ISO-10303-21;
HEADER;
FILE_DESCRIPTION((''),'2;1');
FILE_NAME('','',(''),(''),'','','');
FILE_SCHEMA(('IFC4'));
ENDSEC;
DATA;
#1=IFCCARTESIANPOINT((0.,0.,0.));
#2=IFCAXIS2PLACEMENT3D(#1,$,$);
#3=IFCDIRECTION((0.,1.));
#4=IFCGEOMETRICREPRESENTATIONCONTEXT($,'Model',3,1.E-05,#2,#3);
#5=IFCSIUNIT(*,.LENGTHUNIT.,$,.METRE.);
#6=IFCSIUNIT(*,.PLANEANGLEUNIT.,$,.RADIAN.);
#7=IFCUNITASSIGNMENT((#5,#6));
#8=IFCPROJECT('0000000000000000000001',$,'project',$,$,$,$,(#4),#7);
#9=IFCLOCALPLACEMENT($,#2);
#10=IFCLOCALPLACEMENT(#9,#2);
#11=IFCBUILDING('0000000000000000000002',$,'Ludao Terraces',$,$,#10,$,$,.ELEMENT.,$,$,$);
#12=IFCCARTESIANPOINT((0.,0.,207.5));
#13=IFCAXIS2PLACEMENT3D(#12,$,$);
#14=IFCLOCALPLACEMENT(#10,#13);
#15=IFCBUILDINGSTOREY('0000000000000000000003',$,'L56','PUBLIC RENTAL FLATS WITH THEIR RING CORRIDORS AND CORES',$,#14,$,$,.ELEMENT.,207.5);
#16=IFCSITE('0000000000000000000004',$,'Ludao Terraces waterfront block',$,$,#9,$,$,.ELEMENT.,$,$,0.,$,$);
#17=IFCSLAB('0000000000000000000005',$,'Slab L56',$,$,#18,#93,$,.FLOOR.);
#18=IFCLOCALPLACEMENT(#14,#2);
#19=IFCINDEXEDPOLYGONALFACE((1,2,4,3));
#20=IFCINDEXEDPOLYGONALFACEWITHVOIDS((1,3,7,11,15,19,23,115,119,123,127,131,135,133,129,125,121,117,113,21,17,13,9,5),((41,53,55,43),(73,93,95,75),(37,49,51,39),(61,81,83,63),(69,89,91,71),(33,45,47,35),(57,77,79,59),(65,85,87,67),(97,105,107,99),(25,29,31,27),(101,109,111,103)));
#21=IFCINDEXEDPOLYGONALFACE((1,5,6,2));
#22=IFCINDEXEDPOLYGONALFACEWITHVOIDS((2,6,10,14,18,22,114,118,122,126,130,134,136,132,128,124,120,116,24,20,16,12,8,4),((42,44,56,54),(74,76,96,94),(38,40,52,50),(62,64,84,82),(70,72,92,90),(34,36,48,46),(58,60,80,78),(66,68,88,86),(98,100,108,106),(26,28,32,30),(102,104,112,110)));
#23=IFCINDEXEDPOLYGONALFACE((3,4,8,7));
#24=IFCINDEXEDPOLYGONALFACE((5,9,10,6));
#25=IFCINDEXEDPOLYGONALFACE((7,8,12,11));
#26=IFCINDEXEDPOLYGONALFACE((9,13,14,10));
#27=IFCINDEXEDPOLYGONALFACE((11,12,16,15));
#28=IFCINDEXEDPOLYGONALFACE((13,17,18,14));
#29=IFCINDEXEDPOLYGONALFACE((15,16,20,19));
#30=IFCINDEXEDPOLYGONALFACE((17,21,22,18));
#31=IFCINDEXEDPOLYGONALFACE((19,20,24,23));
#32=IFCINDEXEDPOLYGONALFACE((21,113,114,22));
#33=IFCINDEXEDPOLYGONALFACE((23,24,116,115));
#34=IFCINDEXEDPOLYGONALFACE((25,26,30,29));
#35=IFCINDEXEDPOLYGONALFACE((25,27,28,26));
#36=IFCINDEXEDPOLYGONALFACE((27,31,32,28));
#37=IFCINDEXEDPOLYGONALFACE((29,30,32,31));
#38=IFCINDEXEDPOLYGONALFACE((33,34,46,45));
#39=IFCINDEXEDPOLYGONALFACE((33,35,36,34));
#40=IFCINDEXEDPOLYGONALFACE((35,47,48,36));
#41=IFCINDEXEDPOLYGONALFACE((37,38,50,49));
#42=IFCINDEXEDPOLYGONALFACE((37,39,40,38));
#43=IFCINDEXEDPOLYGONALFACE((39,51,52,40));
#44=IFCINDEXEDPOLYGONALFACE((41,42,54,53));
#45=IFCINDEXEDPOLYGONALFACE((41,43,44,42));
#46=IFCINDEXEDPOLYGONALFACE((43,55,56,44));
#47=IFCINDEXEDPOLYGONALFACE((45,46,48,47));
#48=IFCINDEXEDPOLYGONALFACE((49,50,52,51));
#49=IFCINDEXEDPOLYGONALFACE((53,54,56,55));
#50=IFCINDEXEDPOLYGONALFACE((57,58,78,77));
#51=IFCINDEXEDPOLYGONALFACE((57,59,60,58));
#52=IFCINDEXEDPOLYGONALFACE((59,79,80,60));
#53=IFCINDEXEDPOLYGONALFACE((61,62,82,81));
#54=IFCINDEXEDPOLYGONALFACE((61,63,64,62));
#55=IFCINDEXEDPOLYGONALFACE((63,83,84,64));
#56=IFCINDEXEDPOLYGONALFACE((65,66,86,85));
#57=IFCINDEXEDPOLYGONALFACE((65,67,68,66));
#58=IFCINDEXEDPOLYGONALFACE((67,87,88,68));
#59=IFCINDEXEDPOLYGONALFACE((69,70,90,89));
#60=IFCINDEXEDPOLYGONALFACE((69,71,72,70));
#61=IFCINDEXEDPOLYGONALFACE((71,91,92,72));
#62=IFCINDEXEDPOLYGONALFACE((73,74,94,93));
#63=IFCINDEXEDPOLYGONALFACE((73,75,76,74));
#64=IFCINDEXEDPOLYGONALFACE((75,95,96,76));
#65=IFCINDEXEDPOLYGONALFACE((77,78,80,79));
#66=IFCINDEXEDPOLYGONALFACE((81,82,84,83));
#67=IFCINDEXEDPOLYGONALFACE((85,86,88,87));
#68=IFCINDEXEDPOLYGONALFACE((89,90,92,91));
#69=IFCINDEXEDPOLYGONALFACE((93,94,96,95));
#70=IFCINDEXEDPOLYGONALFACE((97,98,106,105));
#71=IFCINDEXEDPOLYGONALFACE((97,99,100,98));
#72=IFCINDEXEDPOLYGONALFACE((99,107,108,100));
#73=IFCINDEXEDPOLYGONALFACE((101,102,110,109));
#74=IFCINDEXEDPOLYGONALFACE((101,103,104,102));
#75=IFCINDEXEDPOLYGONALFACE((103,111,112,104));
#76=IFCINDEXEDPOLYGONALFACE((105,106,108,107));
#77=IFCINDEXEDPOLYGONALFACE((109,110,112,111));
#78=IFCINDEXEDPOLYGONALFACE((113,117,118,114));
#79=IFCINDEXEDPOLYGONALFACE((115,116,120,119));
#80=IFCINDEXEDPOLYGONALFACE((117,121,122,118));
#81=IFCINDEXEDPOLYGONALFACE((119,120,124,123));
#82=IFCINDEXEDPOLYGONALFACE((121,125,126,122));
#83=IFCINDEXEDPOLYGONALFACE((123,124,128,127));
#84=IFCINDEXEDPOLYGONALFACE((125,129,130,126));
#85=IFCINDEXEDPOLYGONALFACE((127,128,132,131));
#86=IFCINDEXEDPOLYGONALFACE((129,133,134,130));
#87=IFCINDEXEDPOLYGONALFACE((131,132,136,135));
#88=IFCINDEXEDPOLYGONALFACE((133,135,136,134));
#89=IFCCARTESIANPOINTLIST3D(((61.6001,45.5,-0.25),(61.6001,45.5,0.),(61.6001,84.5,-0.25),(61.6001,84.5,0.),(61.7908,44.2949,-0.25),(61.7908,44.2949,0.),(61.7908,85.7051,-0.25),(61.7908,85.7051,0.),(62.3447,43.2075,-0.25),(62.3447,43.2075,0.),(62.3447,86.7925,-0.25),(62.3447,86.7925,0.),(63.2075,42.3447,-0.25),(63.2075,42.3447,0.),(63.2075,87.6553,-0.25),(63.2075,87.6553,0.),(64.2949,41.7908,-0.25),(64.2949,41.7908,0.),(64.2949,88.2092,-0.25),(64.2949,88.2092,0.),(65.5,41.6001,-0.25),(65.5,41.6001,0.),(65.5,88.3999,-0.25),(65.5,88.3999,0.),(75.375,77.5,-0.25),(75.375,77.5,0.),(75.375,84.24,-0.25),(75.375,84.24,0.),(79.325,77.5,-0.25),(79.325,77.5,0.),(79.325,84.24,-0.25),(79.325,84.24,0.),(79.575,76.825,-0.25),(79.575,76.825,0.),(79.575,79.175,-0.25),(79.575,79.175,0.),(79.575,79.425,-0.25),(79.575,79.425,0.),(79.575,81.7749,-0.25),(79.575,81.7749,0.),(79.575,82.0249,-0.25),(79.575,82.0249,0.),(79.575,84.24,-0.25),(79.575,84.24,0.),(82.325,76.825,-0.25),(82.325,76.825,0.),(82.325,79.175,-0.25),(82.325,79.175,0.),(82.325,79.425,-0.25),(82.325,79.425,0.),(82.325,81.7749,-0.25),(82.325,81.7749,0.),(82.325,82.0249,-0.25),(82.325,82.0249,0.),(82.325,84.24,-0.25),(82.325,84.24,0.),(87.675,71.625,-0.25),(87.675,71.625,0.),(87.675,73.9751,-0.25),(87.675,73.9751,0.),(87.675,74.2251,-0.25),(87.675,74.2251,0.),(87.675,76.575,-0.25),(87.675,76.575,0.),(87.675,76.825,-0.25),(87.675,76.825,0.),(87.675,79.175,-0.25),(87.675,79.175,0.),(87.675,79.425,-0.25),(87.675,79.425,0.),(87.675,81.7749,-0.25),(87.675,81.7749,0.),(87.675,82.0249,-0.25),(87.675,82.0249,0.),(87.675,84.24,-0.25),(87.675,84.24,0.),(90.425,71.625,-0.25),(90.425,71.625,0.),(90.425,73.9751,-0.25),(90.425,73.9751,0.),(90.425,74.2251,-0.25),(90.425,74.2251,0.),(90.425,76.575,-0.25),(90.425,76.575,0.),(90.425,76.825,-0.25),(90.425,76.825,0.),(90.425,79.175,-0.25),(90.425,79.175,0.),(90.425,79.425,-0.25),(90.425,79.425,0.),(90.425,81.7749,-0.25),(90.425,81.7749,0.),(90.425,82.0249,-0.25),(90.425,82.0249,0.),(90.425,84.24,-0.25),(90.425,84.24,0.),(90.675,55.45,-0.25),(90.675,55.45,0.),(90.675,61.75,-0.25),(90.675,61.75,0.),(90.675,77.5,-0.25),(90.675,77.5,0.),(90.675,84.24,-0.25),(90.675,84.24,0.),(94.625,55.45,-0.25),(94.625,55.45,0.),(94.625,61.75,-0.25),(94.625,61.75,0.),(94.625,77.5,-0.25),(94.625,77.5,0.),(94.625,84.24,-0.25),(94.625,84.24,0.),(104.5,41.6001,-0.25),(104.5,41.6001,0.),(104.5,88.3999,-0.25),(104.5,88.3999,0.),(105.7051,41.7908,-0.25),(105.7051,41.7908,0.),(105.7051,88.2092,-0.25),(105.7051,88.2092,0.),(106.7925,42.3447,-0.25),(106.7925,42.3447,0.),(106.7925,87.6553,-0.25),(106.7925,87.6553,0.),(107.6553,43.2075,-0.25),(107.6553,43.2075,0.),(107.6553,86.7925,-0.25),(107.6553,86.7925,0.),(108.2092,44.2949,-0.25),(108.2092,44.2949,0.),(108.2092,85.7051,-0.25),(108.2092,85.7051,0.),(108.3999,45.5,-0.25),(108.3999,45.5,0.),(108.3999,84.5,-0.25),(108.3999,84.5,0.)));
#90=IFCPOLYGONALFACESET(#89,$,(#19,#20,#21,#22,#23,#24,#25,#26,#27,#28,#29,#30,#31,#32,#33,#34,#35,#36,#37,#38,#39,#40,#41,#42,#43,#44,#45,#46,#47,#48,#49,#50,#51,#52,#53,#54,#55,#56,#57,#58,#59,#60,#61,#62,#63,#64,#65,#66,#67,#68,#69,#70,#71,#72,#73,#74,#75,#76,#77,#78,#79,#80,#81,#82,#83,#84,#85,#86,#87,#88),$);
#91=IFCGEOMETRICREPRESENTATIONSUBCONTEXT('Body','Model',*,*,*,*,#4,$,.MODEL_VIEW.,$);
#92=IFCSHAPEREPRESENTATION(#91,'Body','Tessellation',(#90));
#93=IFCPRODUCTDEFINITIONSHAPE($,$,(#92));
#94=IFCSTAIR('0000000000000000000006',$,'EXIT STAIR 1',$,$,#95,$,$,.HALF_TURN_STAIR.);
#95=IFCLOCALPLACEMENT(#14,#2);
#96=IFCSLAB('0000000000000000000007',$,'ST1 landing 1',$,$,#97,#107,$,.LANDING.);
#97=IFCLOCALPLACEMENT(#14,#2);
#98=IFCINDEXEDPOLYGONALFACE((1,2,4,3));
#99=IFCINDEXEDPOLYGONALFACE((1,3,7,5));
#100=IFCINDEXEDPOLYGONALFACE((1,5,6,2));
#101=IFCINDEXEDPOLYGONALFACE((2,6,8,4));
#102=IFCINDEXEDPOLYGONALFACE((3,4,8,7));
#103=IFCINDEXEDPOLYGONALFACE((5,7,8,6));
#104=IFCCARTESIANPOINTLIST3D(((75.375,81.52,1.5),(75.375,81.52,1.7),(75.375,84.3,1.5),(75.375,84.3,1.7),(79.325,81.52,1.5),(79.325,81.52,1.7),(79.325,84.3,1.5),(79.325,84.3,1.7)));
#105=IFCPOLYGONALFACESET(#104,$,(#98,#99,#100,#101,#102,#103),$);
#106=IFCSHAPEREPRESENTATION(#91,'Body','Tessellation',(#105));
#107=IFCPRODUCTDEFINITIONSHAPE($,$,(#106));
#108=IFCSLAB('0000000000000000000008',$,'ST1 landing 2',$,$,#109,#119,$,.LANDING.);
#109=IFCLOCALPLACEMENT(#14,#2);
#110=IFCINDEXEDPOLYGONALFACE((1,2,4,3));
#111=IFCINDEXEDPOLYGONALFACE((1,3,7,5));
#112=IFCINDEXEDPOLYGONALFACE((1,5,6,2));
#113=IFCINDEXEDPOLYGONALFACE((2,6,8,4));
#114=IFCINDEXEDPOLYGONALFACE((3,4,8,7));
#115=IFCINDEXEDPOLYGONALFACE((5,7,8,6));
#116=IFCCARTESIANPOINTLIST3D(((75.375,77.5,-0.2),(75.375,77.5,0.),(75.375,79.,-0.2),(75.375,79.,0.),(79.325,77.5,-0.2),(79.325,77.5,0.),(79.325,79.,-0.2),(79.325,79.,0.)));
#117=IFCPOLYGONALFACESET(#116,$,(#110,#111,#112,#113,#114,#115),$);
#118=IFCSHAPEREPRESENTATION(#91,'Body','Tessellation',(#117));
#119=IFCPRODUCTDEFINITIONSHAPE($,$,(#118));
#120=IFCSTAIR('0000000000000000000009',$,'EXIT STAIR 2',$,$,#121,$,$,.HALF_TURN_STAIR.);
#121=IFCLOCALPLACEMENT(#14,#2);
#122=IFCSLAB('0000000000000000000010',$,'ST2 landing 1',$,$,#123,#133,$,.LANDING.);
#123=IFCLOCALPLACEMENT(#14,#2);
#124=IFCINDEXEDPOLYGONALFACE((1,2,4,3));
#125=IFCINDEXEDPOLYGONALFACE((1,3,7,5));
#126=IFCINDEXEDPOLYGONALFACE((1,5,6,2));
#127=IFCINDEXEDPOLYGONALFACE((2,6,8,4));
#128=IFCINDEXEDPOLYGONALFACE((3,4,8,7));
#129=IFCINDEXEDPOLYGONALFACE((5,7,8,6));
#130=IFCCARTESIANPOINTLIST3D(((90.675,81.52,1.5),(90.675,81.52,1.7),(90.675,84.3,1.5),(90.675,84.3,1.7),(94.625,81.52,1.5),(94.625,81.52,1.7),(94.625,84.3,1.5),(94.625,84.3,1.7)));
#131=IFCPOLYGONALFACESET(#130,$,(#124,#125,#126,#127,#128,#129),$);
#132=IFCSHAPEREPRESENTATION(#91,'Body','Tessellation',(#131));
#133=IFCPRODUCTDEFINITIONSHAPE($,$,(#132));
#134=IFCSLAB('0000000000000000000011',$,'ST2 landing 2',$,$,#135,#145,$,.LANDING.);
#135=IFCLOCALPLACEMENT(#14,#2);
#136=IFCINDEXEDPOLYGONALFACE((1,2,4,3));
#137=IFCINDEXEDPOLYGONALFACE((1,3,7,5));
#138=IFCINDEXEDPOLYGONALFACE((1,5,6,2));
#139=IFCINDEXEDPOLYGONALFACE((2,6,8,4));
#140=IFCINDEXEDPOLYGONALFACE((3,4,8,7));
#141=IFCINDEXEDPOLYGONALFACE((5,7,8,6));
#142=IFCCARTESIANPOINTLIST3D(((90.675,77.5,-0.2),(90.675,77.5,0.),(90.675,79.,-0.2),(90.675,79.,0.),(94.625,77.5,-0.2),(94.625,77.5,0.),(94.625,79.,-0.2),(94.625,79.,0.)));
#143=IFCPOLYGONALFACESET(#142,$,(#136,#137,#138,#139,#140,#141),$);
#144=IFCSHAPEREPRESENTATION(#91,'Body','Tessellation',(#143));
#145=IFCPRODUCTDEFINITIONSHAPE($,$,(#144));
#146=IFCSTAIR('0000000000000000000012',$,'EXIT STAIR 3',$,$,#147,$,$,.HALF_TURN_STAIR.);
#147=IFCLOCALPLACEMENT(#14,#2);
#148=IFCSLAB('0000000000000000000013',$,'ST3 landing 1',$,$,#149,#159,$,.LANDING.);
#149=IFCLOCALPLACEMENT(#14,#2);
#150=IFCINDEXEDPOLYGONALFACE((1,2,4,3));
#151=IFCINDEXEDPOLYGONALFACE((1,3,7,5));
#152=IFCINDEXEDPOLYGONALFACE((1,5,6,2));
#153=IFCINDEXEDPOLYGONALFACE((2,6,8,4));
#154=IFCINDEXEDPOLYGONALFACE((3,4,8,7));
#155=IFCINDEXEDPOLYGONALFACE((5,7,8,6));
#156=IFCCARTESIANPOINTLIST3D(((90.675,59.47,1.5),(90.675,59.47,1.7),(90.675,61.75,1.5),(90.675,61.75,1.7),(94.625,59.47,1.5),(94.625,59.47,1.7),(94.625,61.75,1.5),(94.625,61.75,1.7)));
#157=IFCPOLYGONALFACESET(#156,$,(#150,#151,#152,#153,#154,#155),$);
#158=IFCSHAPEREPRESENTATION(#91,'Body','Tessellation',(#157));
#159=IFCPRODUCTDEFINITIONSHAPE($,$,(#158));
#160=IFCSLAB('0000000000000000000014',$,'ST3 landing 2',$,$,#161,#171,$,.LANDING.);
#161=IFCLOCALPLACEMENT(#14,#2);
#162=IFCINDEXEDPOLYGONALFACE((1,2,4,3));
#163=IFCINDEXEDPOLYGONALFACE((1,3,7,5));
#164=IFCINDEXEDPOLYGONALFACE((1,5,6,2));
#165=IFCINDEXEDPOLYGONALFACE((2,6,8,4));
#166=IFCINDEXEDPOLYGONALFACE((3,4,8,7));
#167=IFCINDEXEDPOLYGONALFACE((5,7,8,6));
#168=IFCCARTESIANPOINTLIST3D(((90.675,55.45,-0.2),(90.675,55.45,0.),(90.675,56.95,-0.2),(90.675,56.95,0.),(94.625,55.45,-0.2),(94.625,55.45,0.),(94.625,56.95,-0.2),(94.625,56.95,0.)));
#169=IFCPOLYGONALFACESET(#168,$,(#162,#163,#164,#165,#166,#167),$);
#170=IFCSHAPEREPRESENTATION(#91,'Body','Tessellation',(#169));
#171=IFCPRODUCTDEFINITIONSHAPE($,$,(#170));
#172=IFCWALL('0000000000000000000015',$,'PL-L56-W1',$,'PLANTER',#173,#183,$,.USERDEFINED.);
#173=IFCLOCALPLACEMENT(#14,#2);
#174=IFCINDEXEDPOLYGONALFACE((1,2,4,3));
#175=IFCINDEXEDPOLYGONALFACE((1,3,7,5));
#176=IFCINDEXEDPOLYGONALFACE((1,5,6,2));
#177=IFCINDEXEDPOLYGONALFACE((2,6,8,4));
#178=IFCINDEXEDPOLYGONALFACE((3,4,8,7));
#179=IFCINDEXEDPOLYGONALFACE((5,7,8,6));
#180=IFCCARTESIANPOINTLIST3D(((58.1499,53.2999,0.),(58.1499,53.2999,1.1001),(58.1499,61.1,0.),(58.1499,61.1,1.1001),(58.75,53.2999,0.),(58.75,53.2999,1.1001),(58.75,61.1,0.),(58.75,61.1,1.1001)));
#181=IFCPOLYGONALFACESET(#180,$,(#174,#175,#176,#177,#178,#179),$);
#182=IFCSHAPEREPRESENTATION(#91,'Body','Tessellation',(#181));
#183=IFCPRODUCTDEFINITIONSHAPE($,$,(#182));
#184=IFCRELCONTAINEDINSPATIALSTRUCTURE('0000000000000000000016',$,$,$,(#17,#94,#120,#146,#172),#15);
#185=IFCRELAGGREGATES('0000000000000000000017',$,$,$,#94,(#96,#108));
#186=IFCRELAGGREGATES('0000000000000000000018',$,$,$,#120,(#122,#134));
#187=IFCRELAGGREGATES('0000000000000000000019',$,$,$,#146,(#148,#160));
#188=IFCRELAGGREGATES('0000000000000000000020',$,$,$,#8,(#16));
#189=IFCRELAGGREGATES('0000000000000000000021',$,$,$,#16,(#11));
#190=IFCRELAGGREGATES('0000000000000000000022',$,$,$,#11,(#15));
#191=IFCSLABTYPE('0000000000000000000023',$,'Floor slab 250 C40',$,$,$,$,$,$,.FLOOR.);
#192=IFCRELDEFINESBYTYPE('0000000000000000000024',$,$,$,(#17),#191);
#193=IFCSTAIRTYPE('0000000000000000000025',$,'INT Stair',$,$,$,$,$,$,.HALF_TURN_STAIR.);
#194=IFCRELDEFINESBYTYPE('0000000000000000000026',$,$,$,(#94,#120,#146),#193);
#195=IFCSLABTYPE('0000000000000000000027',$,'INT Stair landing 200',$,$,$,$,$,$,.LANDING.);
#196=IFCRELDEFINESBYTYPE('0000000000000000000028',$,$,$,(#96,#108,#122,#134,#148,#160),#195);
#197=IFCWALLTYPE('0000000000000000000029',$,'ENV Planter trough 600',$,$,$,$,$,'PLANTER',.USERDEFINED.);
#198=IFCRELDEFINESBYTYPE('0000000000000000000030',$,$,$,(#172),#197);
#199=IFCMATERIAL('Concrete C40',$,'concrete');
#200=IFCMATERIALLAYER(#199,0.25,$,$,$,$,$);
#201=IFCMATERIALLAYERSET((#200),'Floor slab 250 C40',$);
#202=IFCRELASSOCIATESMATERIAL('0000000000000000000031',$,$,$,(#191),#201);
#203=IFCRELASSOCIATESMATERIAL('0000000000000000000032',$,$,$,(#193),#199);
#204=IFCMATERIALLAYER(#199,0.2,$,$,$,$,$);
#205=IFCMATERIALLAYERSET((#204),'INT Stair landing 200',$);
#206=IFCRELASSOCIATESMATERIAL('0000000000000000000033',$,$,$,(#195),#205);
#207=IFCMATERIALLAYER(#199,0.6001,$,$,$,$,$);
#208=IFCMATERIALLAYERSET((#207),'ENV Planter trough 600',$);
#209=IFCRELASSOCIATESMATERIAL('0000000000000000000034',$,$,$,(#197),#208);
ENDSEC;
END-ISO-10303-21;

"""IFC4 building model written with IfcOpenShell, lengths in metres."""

from ifc_helpers import new_model, si_unit, direction, frame, frame_2d, origin, place, context, subcontext, project, spatial, polyline, rectangle, outline, extrude, material, layer, layer_set, type_object, element, aggregate, save


model = new_model("IFC4")

# Units and contexts
model_context = context("Model", 3, precision=1e-05, world=origin(), true_north=direction((0.0, 1.0)))
body_context = subcontext(model_context, "Body", "Model", "MODEL_VIEW")
ifc_project = project(units=[si_unit("LENGTHUNIT", "METRE"), si_unit("PLANEANGLEUNIT", "RADIAN")], contexts=[model_context])

# Site, building, storey
site_placement = place(None, origin())
site = spatial("IfcSite", under=ifc_project, at=site_placement, Name="Ludao Terraces waterfront block", CompositionType="ELEMENT", RefElevation=0.0)
building_placement = place(site_placement, origin())
building = spatial("IfcBuilding", under=site, at=building_placement, Name="Ludao Terraces", CompositionType="ELEMENT")
storey_placement = place(building_placement, frame((0.0, 0.0, 207.5)))
storey = spatial("IfcBuildingStorey", under=building, at=storey_placement, Name="L56", Description="PUBLIC RENTAL FLATS WITH THEIR RING CORRIDORS AND CORES", CompositionType="ELEMENT", Elevation=207.5)

# Shared definitions
ifc_material_1 = material(Name="Concrete C40", Category="concrete")

# Slab
ifc_layer_1 = layer(ifc_material_1, 0.25)
ifc_layer_set_1 = layer_set([ifc_layer_1], Name="Floor slab 250 C40")
slab_type_1 = type_object("IfcSlabType", Name="Floor slab 250 C40", PredefinedType="FLOOR", material=ifc_layer_set_1)
slab_1_placement = place(storey_placement, frame((0.0, 0.0, -0.25)))
element("IfcSlab", 1, at=slab_1_placement, inside=storey, type_object=slab_type_1, Name="Slab L56", PredefinedType="FLOOR", context=body_context, shape_type="SweptSolid", body=[
    extrude(outline(polyline([(104.5, 41.6001), (105.7051, 41.7908), (106.7925, 42.3447), (107.6553, 43.2075), (108.2092, 44.2949), (108.3999, 45.5), (108.3999, 84.5), (108.2092, 85.7051), (107.6553, 86.7925), (106.7925, 87.6553), (105.7051, 88.2092), (104.5, 88.3999), (65.5, 88.3999), (64.2949, 88.2092), (63.2075, 87.6553), (62.3447, 86.7925), (61.7908, 85.7051), (61.6001, 84.5), (61.6001, 45.5), (61.7908, 44.2949), (62.3447, 43.2075), (63.2075, 42.3447), (64.2949, 41.7908), (65.5, 41.6001), (104.5, 41.6001)]), holes=[polyline([(79.575, 76.825), (82.325, 76.825), (82.325, 79.175), (79.575, 79.175), (79.575, 76.825)]), polyline([(79.575, 79.425), (82.325, 79.425), (82.325, 81.7749), (79.575, 81.7749), (79.575, 79.425)]), polyline([(79.575, 82.0249), (82.325, 82.0249), (82.325, 84.24), (79.575, 84.24), (79.575, 82.0249)]), polyline([(87.675, 71.625), (90.425, 71.625), (90.425, 73.9751), (87.675, 73.9751), (87.675, 71.625)]), polyline([(87.675, 74.2251), (90.425, 74.2251), (90.425, 76.575), (87.675, 76.575), (87.675, 74.2251)]), polyline([(87.675, 76.825), (90.425, 76.825), (90.425, 79.175), (87.675, 79.175), (87.675, 76.825)]), polyline([(87.675, 79.425), (90.425, 79.425), (90.425, 81.7749), (87.675, 81.7749), (87.675, 79.425)]), polyline([(87.675, 82.0249), (90.425, 82.0249), (90.425, 84.24), (87.675, 84.24), (87.675, 82.0249)]), polyline([(75.375, 77.5), (79.325, 77.5), (79.325, 84.24), (75.375, 84.24), (75.375, 77.5)]), polyline([(90.675, 77.5), (94.625, 77.5), (94.625, 84.24), (90.675, 84.24), (90.675, 77.5)]), polyline([(90.675, 55.45), (94.625, 55.45), (94.625, 61.75), (90.675, 61.75), (90.675, 55.45)])]), origin(), (0.0, 0.0, 1.0), 0.25),
])

# Stairs, slabs
stair_type = type_object("IfcStairType", Name="INT Stair", PredefinedType="HALF_TURN_STAIR", material=ifc_material_1)
stair_1_placement = place(storey_placement, origin())
stair_1 = element("IfcStair", 2, at=stair_1_placement, inside=storey, type_object=stair_type, Name="EXIT STAIR 1", PredefinedType="HALF_TURN_STAIR")
ifc_layer_2 = layer(ifc_material_1, 0.2)
ifc_layer_set_2 = layer_set([ifc_layer_2], Name="INT Stair landing 200")
slab_type_2 = type_object("IfcSlabType", Name="INT Stair landing 200", PredefinedType="LANDING", material=ifc_layer_set_2)
slab_2_placement = place(storey_placement, frame((0.0, 0.0, 1.5)))
slab_2 = element("IfcSlab", 3, at=slab_2_placement, type_object=slab_type_2, Name="ST1 landing 1", PredefinedType="LANDING", context=body_context, shape_type="SweptSolid", body=[
    extrude(outline(polyline([(75.375, 81.52), (79.325, 81.52), (79.325, 84.3), (75.375, 84.3), (75.375, 81.52)])), origin(), (0.0, 0.0, 1.0), 0.2),
])
slab_3_placement = place(storey_placement, frame((0.0, 0.0, -0.2)))
slab_3 = element("IfcSlab", 4, at=slab_3_placement, type_object=slab_type_2, Name="ST1 landing 2", PredefinedType="LANDING", context=body_context, shape_type="SweptSolid", body=[
    extrude(outline(polyline([(75.375, 77.5), (79.325, 77.5), (79.325, 79.0), (75.375, 79.0), (75.375, 77.5)])), origin(), (0.0, 0.0, 1.0), 0.2),
])
aggregate(stair_1, [slab_2, slab_3])
stair_2_placement = place(storey_placement, origin())
stair_2 = element("IfcStair", 5, at=stair_2_placement, inside=storey, type_object=stair_type, Name="EXIT STAIR 2", PredefinedType="HALF_TURN_STAIR")
slab_4_placement = place(storey_placement, frame((0.0, 0.0, 1.5)))
slab_4 = element("IfcSlab", 6, at=slab_4_placement, type_object=slab_type_2, Name="ST2 landing 1", PredefinedType="LANDING", context=body_context, shape_type="SweptSolid", body=[
    extrude(outline(polyline([(90.675, 81.52), (94.625, 81.52), (94.625, 84.3), (90.675, 84.3), (90.675, 81.52)])), origin(), (0.0, 0.0, 1.0), 0.2),
])
slab_5_placement = place(storey_placement, frame((0.0, 0.0, -0.2)))
slab_5 = element("IfcSlab", 7, at=slab_5_placement, type_object=slab_type_2, Name="ST2 landing 2", PredefinedType="LANDING", context=body_context, shape_type="SweptSolid", body=[
    extrude(outline(polyline([(90.675, 77.5), (94.625, 77.5), (94.625, 79.0), (90.675, 79.0), (90.675, 77.5)])), origin(), (0.0, 0.0, 1.0), 0.2),
])
aggregate(stair_2, [slab_4, slab_5])
stair_3_placement = place(storey_placement, origin())
stair_3 = element("IfcStair", 8, at=stair_3_placement, inside=storey, type_object=stair_type, Name="EXIT STAIR 3", PredefinedType="HALF_TURN_STAIR")
slab_6_placement = place(storey_placement, frame((0.0, 0.0, 1.5)))
slab_6 = element("IfcSlab", 9, at=slab_6_placement, type_object=slab_type_2, Name="ST3 landing 1", PredefinedType="LANDING", context=body_context, shape_type="SweptSolid", body=[
    extrude(outline(polyline([(90.675, 59.47), (94.625, 59.47), (94.625, 61.75), (90.675, 61.75), (90.675, 59.47)])), origin(), (0.0, 0.0, 1.0), 0.2),
])
slab_7_placement = place(storey_placement, frame((0.0, 0.0, -0.2)))
slab_7 = element("IfcSlab", 10, at=slab_7_placement, type_object=slab_type_2, Name="ST3 landing 2", PredefinedType="LANDING", context=body_context, shape_type="SweptSolid", body=[
    extrude(outline(polyline([(90.675, 55.45), (94.625, 55.45), (94.625, 56.95), (90.675, 56.95), (90.675, 55.45)])), origin(), (0.0, 0.0, 1.0), 0.2),
])
aggregate(stair_3, [slab_6, slab_7])

# Wall
ifc_layer_3 = layer(ifc_material_1, 0.6001)
ifc_layer_set_3 = layer_set([ifc_layer_3], Name="ENV Planter trough 600")
wall_type = type_object("IfcWallType", Name="ENV Planter trough 600", ElementType="PLANTER", PredefinedType="USERDEFINED", material=ifc_layer_set_3)
wall_1_placement = place(storey_placement, frame((58.45, 53.3, 0.0), z_axis=(0.0, 0.0, 1.0), x_axis=(0.0, 1.0, 0.0)))
element("IfcWall", 11, at=wall_1_placement, inside=storey, type_object=wall_type, Name="PL-L56-W1", ObjectType="PLANTER", PredefinedType="USERDEFINED", context=body_context, shape_type="SweptSolid", body=[
    extrude(rectangle(XDim=7.8, YDim=0.6001, at=frame_2d((3.8999, 0.0))), origin(), (0.0, 0.0, 1.0), 1.1001),
])

save(model, "model.ifc")
